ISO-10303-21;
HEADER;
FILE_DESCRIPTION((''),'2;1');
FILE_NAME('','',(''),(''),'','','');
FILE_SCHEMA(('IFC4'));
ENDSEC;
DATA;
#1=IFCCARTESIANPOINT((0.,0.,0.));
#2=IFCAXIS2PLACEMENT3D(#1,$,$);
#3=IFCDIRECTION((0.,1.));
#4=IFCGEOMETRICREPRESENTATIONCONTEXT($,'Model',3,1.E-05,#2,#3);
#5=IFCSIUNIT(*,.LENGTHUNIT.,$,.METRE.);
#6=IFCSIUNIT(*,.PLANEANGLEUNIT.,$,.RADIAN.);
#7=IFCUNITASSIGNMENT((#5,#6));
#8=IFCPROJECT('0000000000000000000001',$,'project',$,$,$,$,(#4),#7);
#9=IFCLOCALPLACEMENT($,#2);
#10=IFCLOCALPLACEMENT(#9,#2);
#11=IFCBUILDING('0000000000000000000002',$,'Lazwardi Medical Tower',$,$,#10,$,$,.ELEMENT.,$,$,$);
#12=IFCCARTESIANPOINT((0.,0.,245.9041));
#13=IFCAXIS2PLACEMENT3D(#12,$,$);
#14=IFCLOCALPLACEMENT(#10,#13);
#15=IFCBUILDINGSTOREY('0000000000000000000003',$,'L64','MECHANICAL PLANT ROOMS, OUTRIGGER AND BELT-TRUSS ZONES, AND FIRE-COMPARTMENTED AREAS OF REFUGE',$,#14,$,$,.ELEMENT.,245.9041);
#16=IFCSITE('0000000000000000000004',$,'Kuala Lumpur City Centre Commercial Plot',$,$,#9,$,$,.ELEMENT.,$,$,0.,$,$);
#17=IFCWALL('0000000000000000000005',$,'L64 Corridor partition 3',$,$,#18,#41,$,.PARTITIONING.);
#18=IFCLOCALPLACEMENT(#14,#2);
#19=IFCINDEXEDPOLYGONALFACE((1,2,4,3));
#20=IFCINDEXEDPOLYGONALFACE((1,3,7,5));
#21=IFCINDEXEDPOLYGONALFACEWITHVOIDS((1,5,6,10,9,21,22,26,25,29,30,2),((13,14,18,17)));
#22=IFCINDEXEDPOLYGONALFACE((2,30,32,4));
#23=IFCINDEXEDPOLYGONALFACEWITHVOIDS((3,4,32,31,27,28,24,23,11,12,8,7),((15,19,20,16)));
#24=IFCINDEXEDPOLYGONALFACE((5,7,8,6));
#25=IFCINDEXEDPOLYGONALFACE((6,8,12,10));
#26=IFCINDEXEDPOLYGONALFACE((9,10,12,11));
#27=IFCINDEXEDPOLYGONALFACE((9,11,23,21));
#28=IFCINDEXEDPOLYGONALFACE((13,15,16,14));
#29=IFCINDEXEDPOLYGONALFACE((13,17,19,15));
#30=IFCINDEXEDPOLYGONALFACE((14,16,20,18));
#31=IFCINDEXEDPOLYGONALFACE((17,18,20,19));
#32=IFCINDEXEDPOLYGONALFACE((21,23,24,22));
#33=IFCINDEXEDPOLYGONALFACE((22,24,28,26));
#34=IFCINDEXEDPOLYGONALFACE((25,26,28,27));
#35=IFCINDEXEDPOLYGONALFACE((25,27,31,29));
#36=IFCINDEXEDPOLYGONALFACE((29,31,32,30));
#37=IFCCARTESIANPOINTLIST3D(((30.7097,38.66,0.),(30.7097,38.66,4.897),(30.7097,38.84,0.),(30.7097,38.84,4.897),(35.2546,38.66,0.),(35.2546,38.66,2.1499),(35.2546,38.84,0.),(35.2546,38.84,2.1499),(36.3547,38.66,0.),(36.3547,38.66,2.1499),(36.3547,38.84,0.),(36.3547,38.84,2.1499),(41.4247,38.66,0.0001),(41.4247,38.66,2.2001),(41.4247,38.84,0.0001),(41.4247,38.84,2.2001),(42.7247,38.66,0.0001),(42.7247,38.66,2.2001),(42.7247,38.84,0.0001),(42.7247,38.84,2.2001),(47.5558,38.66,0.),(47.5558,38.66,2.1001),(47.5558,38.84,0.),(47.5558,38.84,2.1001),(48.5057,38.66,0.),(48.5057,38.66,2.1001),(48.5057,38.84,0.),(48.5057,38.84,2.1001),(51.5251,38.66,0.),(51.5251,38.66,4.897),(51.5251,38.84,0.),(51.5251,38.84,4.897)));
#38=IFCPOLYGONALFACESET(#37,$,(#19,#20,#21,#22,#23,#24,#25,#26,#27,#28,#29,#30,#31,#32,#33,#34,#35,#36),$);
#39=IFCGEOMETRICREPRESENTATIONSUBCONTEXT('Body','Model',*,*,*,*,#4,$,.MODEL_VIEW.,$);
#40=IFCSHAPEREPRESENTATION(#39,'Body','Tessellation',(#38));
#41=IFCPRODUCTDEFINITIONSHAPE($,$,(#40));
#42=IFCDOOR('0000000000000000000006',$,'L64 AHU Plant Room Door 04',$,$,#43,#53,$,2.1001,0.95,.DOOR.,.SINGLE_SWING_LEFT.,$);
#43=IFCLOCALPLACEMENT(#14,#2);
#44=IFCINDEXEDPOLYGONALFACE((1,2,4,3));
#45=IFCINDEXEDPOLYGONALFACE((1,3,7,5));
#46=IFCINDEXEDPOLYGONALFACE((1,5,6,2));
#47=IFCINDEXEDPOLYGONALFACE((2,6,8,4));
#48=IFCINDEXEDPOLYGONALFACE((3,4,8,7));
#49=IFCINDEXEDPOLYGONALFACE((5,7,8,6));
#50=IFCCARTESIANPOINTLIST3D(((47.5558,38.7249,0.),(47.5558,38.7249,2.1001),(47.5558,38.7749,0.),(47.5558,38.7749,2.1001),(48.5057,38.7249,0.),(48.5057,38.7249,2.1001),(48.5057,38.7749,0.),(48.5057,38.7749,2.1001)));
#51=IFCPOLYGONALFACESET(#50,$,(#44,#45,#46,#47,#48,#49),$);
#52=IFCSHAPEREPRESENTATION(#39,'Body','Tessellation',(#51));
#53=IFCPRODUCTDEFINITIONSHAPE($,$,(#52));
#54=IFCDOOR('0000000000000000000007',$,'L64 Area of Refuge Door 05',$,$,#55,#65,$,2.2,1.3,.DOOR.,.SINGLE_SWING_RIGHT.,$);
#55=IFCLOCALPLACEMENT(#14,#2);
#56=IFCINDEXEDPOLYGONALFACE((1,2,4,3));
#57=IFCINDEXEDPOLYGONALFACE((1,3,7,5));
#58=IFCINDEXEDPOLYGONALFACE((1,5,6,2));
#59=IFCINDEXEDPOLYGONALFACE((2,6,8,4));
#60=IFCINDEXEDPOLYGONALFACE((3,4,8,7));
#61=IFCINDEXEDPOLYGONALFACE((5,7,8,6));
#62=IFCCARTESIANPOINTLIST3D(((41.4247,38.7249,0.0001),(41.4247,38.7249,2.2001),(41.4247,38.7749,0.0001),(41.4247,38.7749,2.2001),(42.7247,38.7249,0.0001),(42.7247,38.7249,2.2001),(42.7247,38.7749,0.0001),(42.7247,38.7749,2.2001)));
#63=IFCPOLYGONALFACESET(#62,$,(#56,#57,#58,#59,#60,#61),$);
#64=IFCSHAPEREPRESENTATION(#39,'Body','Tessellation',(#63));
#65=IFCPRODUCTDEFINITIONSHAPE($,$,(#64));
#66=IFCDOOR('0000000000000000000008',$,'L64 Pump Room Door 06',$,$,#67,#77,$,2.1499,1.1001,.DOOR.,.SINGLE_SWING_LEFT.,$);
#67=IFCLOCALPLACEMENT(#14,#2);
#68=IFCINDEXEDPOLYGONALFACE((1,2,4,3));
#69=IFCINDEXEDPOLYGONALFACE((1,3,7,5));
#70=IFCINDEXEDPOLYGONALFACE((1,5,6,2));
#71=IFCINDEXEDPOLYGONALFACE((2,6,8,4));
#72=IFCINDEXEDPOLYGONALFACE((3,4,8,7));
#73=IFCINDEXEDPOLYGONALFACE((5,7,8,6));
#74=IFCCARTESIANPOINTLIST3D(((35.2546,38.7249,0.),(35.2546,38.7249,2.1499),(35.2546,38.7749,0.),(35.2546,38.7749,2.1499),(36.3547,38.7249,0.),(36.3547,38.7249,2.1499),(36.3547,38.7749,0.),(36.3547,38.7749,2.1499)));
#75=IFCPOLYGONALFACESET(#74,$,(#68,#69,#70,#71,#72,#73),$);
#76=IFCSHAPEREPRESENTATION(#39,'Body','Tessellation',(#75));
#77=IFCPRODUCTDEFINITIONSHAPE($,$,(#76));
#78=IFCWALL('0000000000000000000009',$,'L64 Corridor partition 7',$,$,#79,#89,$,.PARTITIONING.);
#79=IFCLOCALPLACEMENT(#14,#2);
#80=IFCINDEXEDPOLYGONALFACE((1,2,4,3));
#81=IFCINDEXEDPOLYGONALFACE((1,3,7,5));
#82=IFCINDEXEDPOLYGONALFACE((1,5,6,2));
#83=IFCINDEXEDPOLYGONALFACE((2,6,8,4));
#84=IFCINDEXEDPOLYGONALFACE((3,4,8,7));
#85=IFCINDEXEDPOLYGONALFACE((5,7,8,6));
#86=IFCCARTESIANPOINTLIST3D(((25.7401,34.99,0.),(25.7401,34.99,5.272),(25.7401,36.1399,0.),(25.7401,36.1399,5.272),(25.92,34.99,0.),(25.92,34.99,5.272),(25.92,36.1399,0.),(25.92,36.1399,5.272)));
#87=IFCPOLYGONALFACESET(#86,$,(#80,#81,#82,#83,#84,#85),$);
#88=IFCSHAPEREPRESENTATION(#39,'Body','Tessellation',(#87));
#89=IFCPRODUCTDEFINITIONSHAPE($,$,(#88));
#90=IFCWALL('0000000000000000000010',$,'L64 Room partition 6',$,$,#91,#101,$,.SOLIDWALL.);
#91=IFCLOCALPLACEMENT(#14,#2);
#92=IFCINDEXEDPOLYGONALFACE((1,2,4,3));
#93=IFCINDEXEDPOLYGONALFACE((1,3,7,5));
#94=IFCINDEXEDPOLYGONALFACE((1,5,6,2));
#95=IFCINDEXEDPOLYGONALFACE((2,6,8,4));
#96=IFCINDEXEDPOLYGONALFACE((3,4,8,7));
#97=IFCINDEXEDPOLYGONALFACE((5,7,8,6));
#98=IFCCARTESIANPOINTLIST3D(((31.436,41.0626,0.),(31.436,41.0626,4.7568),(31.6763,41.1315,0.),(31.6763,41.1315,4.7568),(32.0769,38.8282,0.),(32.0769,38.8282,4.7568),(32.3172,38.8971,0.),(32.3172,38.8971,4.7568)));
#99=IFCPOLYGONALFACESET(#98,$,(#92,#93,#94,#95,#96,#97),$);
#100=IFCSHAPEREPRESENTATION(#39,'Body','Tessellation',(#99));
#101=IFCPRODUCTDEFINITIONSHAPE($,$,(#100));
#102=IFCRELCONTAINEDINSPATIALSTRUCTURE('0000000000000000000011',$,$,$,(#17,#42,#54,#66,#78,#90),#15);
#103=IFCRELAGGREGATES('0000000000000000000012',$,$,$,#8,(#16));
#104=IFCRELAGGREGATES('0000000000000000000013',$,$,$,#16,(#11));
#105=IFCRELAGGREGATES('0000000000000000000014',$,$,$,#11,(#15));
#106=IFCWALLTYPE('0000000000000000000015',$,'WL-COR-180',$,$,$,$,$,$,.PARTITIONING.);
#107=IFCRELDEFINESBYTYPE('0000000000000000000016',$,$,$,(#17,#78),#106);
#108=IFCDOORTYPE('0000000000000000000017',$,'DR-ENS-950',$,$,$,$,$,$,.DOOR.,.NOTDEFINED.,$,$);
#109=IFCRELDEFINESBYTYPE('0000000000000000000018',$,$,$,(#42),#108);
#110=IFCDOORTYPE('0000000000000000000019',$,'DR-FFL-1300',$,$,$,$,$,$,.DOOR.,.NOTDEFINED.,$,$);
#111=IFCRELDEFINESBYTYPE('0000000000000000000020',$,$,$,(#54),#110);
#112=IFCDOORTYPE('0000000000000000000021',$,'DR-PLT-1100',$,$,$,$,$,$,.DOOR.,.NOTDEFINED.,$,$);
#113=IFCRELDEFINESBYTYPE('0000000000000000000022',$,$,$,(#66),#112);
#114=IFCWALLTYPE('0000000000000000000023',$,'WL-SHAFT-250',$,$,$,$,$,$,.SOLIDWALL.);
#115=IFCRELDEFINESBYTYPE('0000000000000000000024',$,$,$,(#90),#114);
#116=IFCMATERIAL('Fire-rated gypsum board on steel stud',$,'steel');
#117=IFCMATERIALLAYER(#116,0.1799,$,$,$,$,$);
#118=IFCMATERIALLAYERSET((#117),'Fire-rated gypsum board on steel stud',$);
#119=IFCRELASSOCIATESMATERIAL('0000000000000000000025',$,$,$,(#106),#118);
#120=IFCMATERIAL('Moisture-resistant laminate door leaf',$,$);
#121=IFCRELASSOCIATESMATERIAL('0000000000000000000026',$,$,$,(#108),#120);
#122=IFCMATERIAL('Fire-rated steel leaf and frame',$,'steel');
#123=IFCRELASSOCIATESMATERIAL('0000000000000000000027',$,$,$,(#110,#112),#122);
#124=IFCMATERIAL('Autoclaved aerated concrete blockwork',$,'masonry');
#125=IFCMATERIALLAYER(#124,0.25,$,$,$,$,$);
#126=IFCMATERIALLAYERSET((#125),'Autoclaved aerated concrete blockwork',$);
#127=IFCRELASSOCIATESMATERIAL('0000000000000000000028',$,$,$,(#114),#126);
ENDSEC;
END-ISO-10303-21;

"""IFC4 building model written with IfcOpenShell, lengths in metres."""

from ifc_helpers import new_model, si_unit, direction, frame, frame_2d, origin, place, context, subcontext, project, spatial, rectangle, extrude, material, layer, layer_set, type_object, element, fill, save


model = new_model("IFC4")

# Units and contexts
model_context = context("Model", 3, precision=1e-05, world=origin(), true_north=direction((0.0, 1.0)))
body_context = subcontext(model_context, "Body", "Model", "MODEL_VIEW")
ifc_project = project(units=[si_unit("LENGTHUNIT", "METRE"), si_unit("PLANEANGLEUNIT", "RADIAN")], contexts=[model_context])

# Site, building, storey
site_placement = place(None, origin())
site = spatial("IfcSite", under=ifc_project, at=site_placement, Name="Kuala Lumpur City Centre Commercial Plot", CompositionType="ELEMENT", RefElevation=0.0)
building_placement = place(site_placement, origin())
building = spatial("IfcBuilding", under=site, at=building_placement, Name="Lazwardi Medical Tower", CompositionType="ELEMENT")
storey_placement = place(building_placement, frame((0.0, 0.0, 245.9041)))
storey = spatial("IfcBuildingStorey", under=building, at=storey_placement, Name="L64", Description="MECHANICAL PLANT ROOMS, OUTRIGGER AND BELT-TRUSS ZONES, AND FIRE-COMPARTMENTED AREAS OF REFUGE", CompositionType="ELEMENT", Elevation=245.9041)

# Shared definitions
ifc_material_1 = material(Name="Fire-rated gypsum board on steel stud", Category="steel")
ifc_layer_1 = layer(ifc_material_1, 0.1799)
ifc_layer_set_1 = layer_set([ifc_layer_1], Name="Fire-rated gypsum board on steel stud")
wall_type_1 = type_object("IfcWallType", Name="WL-COR-180", PredefinedType="PARTITIONING", material=ifc_layer_set_1)

# Wall, openings, doors
wall_1_placement = place(storey_placement, frame((30.7097, 38.75, 0.0), z_axis=(0.0, 0.0, 1.0), x_axis=(1.0, 0.0, 0.0)))
wall_1 = element("IfcWall", 1, at=wall_1_placement, inside=storey, type_object=wall_type_1, Name="L64 Corridor partition 3", PredefinedType="PARTITIONING", context=body_context, shape_type="SweptSolid", body=[
    extrude(rectangle(XDim=20.8154, YDim=0.1799, at=frame_2d((10.4077, 0.0))), origin(), (0.0, 0.0, 1.0), 4.897),
])
opening_1_placement = place(wall_1_placement, frame((16.8459, 0.0, 0.0)))
opening_1 = element("IfcOpeningElement", 2, at=opening_1_placement, cuts=wall_1, PredefinedType="OPENING", context=body_context, shape_type="SweptSolid", body=[
    extrude(rectangle(XDim=0.95, YDim=2.1001, at=frame_2d((0.4751, 1.05))), frame((0.0, 0.0999, 0.0), z_axis=(0.0, -1.0, 0.0), x_axis=(1.0, 0.0, 0.0)), (0.0, 0.0, 1.0), 0.2),
])
opening_2_placement = place(wall_1_placement, frame((10.7151, 0.0, 0.0)))
opening_2 = element("IfcOpeningElement", 3, at=opening_2_placement, cuts=wall_1, PredefinedType="OPENING", context=body_context, shape_type="SweptSolid", body=[
    extrude(rectangle(XDim=1.3, YDim=2.2, at=frame_2d((0.6499, 1.1001))), frame((0.0, 0.0999, 0.0), z_axis=(0.0, -1.0, 0.0), x_axis=(1.0, 0.0, 0.0)), (0.0, 0.0, 1.0), 0.2),
])
opening_3_placement = place(wall_1_placement, frame((4.5449, 0.0, 0.0)))
opening_3 = element("IfcOpeningElement", 4, at=opening_3_placement, cuts=wall_1, PredefinedType="OPENING", context=body_context, shape_type="SweptSolid", body=[
    extrude(rectangle(XDim=1.1001, YDim=2.1499, at=frame_2d((0.55, 1.075))), frame((0.0, 0.0999, 0.0), z_axis=(0.0, -1.0, 0.0), x_axis=(1.0, 0.0, 0.0)), (0.0, 0.0, 1.0), 0.2),
])
ifc_material_2 = material(Name="Moisture-resistant laminate door leaf")
door_type_1 = type_object("IfcDoorType", Name="DR-ENS-950", OperationType="NOTDEFINED", PredefinedType="DOOR", material=ifc_material_2)
door_1_placement = place(opening_1_placement, origin())
door_1 = element("IfcDoor", 5, at=door_1_placement, inside=storey, type_object=door_type_1, Name="L64 AHU Plant Room Door 04", OperationType="SINGLE_SWING_LEFT", OverallHeight=2.1001, OverallWidth=0.95, PredefinedType="DOOR", context=body_context, shape_type="SweptSolid", body=[
    extrude(rectangle(XDim=0.95, YDim=2.1001, at=frame_2d((0.4751, 1.05))), frame((0.0, 0.0249, 0.0), z_axis=(0.0, -1.0, 0.0), x_axis=(1.0, 0.0, 0.0)), (0.0, 0.0, 1.0), 0.05),
])
fill(opening_1, door_1)
ifc_material_3 = material(Name="Fire-rated steel leaf and frame", Category="steel")
door_type_2 = type_object("IfcDoorType", Name="DR-FFL-1300", OperationType="NOTDEFINED", PredefinedType="DOOR", material=ifc_material_3)
door_2_placement = place(opening_2_placement, origin())
door_2 = element("IfcDoor", 6, at=door_2_placement, inside=storey, type_object=door_type_2, Name="L64 Area of Refuge Door 05", OperationType="SINGLE_SWING_RIGHT", OverallHeight=2.2, OverallWidth=1.3, PredefinedType="DOOR", context=body_context, shape_type="SweptSolid", body=[
    extrude(rectangle(XDim=1.3, YDim=2.2, at=frame_2d((0.6499, 1.1001))), frame((0.0, 0.0249, 0.0), z_axis=(0.0, -1.0, 0.0), x_axis=(1.0, 0.0, 0.0)), (0.0, 0.0, 1.0), 0.05),
])
fill(opening_2, door_2)
door_type_3 = type_object("IfcDoorType", Name="DR-PLT-1100", OperationType="NOTDEFINED", PredefinedType="DOOR", material=ifc_material_3)
door_3_placement = place(opening_3_placement, origin())
door_3 = element("IfcDoor", 7, at=door_3_placement, inside=storey, type_object=door_type_3, Name="L64 Pump Room Door 06", OperationType="SINGLE_SWING_LEFT", OverallHeight=2.1499, OverallWidth=1.1001, PredefinedType="DOOR", context=body_context, shape_type="SweptSolid", body=[
    extrude(rectangle(XDim=1.1001, YDim=2.1499, at=frame_2d((0.55, 1.075))), frame((0.0, 0.0249, 0.0), z_axis=(0.0, -1.0, 0.0), x_axis=(1.0, 0.0, 0.0)), (0.0, 0.0, 1.0), 0.05),
])
fill(opening_3, door_3)

# Walls
wall_2_placement = place(storey_placement, frame((25.8301, 36.1399, 0.0), z_axis=(0.0, 0.0, 1.0), x_axis=(0.0, -1.0, 0.0)))
element("IfcWall", 8, at=wall_2_placement, inside=storey, type_object=wall_type_1, Name="L64 Corridor partition 7", PredefinedType="PARTITIONING", context=body_context, shape_type="SweptSolid", body=[
    extrude(rectangle(XDim=1.1499, YDim=0.1799, at=frame_2d((0.575, 0.0))), origin(), (0.0, 0.0, 1.0), 5.272),
])
ifc_material_4 = material(Name="Autoclaved aerated concrete blockwork", Category="masonry")
ifc_layer_2 = layer(ifc_material_4, 0.25)
ifc_layer_set_2 = layer_set([ifc_layer_2], Name="Autoclaved aerated concrete blockwork")
wall_type_2 = type_object("IfcWallType", Name="WL-SHAFT-250", PredefinedType="SOLIDWALL", material=ifc_layer_set_2)
wall_3_placement = place(storey_placement, frame((32.197, 38.8628, 0.0), z_axis=(0.0, 0.0, 1.0), x_axis=(-0.275706, 0.961242, 0.0)))
element("IfcWall", 9, at=wall_3_placement, inside=storey, type_object=wall_type_2, Name="L64 Room partition 6", PredefinedType="SOLIDWALL", context=body_context, shape_type="SweptSolid", body=[
    extrude(rectangle(XDim=2.3245, YDim=0.25, at=frame_2d((1.1621, 0.0))), origin(), (0.0, 0.0, 1.0), 4.7568),
])

save(model, "model.ifc")
